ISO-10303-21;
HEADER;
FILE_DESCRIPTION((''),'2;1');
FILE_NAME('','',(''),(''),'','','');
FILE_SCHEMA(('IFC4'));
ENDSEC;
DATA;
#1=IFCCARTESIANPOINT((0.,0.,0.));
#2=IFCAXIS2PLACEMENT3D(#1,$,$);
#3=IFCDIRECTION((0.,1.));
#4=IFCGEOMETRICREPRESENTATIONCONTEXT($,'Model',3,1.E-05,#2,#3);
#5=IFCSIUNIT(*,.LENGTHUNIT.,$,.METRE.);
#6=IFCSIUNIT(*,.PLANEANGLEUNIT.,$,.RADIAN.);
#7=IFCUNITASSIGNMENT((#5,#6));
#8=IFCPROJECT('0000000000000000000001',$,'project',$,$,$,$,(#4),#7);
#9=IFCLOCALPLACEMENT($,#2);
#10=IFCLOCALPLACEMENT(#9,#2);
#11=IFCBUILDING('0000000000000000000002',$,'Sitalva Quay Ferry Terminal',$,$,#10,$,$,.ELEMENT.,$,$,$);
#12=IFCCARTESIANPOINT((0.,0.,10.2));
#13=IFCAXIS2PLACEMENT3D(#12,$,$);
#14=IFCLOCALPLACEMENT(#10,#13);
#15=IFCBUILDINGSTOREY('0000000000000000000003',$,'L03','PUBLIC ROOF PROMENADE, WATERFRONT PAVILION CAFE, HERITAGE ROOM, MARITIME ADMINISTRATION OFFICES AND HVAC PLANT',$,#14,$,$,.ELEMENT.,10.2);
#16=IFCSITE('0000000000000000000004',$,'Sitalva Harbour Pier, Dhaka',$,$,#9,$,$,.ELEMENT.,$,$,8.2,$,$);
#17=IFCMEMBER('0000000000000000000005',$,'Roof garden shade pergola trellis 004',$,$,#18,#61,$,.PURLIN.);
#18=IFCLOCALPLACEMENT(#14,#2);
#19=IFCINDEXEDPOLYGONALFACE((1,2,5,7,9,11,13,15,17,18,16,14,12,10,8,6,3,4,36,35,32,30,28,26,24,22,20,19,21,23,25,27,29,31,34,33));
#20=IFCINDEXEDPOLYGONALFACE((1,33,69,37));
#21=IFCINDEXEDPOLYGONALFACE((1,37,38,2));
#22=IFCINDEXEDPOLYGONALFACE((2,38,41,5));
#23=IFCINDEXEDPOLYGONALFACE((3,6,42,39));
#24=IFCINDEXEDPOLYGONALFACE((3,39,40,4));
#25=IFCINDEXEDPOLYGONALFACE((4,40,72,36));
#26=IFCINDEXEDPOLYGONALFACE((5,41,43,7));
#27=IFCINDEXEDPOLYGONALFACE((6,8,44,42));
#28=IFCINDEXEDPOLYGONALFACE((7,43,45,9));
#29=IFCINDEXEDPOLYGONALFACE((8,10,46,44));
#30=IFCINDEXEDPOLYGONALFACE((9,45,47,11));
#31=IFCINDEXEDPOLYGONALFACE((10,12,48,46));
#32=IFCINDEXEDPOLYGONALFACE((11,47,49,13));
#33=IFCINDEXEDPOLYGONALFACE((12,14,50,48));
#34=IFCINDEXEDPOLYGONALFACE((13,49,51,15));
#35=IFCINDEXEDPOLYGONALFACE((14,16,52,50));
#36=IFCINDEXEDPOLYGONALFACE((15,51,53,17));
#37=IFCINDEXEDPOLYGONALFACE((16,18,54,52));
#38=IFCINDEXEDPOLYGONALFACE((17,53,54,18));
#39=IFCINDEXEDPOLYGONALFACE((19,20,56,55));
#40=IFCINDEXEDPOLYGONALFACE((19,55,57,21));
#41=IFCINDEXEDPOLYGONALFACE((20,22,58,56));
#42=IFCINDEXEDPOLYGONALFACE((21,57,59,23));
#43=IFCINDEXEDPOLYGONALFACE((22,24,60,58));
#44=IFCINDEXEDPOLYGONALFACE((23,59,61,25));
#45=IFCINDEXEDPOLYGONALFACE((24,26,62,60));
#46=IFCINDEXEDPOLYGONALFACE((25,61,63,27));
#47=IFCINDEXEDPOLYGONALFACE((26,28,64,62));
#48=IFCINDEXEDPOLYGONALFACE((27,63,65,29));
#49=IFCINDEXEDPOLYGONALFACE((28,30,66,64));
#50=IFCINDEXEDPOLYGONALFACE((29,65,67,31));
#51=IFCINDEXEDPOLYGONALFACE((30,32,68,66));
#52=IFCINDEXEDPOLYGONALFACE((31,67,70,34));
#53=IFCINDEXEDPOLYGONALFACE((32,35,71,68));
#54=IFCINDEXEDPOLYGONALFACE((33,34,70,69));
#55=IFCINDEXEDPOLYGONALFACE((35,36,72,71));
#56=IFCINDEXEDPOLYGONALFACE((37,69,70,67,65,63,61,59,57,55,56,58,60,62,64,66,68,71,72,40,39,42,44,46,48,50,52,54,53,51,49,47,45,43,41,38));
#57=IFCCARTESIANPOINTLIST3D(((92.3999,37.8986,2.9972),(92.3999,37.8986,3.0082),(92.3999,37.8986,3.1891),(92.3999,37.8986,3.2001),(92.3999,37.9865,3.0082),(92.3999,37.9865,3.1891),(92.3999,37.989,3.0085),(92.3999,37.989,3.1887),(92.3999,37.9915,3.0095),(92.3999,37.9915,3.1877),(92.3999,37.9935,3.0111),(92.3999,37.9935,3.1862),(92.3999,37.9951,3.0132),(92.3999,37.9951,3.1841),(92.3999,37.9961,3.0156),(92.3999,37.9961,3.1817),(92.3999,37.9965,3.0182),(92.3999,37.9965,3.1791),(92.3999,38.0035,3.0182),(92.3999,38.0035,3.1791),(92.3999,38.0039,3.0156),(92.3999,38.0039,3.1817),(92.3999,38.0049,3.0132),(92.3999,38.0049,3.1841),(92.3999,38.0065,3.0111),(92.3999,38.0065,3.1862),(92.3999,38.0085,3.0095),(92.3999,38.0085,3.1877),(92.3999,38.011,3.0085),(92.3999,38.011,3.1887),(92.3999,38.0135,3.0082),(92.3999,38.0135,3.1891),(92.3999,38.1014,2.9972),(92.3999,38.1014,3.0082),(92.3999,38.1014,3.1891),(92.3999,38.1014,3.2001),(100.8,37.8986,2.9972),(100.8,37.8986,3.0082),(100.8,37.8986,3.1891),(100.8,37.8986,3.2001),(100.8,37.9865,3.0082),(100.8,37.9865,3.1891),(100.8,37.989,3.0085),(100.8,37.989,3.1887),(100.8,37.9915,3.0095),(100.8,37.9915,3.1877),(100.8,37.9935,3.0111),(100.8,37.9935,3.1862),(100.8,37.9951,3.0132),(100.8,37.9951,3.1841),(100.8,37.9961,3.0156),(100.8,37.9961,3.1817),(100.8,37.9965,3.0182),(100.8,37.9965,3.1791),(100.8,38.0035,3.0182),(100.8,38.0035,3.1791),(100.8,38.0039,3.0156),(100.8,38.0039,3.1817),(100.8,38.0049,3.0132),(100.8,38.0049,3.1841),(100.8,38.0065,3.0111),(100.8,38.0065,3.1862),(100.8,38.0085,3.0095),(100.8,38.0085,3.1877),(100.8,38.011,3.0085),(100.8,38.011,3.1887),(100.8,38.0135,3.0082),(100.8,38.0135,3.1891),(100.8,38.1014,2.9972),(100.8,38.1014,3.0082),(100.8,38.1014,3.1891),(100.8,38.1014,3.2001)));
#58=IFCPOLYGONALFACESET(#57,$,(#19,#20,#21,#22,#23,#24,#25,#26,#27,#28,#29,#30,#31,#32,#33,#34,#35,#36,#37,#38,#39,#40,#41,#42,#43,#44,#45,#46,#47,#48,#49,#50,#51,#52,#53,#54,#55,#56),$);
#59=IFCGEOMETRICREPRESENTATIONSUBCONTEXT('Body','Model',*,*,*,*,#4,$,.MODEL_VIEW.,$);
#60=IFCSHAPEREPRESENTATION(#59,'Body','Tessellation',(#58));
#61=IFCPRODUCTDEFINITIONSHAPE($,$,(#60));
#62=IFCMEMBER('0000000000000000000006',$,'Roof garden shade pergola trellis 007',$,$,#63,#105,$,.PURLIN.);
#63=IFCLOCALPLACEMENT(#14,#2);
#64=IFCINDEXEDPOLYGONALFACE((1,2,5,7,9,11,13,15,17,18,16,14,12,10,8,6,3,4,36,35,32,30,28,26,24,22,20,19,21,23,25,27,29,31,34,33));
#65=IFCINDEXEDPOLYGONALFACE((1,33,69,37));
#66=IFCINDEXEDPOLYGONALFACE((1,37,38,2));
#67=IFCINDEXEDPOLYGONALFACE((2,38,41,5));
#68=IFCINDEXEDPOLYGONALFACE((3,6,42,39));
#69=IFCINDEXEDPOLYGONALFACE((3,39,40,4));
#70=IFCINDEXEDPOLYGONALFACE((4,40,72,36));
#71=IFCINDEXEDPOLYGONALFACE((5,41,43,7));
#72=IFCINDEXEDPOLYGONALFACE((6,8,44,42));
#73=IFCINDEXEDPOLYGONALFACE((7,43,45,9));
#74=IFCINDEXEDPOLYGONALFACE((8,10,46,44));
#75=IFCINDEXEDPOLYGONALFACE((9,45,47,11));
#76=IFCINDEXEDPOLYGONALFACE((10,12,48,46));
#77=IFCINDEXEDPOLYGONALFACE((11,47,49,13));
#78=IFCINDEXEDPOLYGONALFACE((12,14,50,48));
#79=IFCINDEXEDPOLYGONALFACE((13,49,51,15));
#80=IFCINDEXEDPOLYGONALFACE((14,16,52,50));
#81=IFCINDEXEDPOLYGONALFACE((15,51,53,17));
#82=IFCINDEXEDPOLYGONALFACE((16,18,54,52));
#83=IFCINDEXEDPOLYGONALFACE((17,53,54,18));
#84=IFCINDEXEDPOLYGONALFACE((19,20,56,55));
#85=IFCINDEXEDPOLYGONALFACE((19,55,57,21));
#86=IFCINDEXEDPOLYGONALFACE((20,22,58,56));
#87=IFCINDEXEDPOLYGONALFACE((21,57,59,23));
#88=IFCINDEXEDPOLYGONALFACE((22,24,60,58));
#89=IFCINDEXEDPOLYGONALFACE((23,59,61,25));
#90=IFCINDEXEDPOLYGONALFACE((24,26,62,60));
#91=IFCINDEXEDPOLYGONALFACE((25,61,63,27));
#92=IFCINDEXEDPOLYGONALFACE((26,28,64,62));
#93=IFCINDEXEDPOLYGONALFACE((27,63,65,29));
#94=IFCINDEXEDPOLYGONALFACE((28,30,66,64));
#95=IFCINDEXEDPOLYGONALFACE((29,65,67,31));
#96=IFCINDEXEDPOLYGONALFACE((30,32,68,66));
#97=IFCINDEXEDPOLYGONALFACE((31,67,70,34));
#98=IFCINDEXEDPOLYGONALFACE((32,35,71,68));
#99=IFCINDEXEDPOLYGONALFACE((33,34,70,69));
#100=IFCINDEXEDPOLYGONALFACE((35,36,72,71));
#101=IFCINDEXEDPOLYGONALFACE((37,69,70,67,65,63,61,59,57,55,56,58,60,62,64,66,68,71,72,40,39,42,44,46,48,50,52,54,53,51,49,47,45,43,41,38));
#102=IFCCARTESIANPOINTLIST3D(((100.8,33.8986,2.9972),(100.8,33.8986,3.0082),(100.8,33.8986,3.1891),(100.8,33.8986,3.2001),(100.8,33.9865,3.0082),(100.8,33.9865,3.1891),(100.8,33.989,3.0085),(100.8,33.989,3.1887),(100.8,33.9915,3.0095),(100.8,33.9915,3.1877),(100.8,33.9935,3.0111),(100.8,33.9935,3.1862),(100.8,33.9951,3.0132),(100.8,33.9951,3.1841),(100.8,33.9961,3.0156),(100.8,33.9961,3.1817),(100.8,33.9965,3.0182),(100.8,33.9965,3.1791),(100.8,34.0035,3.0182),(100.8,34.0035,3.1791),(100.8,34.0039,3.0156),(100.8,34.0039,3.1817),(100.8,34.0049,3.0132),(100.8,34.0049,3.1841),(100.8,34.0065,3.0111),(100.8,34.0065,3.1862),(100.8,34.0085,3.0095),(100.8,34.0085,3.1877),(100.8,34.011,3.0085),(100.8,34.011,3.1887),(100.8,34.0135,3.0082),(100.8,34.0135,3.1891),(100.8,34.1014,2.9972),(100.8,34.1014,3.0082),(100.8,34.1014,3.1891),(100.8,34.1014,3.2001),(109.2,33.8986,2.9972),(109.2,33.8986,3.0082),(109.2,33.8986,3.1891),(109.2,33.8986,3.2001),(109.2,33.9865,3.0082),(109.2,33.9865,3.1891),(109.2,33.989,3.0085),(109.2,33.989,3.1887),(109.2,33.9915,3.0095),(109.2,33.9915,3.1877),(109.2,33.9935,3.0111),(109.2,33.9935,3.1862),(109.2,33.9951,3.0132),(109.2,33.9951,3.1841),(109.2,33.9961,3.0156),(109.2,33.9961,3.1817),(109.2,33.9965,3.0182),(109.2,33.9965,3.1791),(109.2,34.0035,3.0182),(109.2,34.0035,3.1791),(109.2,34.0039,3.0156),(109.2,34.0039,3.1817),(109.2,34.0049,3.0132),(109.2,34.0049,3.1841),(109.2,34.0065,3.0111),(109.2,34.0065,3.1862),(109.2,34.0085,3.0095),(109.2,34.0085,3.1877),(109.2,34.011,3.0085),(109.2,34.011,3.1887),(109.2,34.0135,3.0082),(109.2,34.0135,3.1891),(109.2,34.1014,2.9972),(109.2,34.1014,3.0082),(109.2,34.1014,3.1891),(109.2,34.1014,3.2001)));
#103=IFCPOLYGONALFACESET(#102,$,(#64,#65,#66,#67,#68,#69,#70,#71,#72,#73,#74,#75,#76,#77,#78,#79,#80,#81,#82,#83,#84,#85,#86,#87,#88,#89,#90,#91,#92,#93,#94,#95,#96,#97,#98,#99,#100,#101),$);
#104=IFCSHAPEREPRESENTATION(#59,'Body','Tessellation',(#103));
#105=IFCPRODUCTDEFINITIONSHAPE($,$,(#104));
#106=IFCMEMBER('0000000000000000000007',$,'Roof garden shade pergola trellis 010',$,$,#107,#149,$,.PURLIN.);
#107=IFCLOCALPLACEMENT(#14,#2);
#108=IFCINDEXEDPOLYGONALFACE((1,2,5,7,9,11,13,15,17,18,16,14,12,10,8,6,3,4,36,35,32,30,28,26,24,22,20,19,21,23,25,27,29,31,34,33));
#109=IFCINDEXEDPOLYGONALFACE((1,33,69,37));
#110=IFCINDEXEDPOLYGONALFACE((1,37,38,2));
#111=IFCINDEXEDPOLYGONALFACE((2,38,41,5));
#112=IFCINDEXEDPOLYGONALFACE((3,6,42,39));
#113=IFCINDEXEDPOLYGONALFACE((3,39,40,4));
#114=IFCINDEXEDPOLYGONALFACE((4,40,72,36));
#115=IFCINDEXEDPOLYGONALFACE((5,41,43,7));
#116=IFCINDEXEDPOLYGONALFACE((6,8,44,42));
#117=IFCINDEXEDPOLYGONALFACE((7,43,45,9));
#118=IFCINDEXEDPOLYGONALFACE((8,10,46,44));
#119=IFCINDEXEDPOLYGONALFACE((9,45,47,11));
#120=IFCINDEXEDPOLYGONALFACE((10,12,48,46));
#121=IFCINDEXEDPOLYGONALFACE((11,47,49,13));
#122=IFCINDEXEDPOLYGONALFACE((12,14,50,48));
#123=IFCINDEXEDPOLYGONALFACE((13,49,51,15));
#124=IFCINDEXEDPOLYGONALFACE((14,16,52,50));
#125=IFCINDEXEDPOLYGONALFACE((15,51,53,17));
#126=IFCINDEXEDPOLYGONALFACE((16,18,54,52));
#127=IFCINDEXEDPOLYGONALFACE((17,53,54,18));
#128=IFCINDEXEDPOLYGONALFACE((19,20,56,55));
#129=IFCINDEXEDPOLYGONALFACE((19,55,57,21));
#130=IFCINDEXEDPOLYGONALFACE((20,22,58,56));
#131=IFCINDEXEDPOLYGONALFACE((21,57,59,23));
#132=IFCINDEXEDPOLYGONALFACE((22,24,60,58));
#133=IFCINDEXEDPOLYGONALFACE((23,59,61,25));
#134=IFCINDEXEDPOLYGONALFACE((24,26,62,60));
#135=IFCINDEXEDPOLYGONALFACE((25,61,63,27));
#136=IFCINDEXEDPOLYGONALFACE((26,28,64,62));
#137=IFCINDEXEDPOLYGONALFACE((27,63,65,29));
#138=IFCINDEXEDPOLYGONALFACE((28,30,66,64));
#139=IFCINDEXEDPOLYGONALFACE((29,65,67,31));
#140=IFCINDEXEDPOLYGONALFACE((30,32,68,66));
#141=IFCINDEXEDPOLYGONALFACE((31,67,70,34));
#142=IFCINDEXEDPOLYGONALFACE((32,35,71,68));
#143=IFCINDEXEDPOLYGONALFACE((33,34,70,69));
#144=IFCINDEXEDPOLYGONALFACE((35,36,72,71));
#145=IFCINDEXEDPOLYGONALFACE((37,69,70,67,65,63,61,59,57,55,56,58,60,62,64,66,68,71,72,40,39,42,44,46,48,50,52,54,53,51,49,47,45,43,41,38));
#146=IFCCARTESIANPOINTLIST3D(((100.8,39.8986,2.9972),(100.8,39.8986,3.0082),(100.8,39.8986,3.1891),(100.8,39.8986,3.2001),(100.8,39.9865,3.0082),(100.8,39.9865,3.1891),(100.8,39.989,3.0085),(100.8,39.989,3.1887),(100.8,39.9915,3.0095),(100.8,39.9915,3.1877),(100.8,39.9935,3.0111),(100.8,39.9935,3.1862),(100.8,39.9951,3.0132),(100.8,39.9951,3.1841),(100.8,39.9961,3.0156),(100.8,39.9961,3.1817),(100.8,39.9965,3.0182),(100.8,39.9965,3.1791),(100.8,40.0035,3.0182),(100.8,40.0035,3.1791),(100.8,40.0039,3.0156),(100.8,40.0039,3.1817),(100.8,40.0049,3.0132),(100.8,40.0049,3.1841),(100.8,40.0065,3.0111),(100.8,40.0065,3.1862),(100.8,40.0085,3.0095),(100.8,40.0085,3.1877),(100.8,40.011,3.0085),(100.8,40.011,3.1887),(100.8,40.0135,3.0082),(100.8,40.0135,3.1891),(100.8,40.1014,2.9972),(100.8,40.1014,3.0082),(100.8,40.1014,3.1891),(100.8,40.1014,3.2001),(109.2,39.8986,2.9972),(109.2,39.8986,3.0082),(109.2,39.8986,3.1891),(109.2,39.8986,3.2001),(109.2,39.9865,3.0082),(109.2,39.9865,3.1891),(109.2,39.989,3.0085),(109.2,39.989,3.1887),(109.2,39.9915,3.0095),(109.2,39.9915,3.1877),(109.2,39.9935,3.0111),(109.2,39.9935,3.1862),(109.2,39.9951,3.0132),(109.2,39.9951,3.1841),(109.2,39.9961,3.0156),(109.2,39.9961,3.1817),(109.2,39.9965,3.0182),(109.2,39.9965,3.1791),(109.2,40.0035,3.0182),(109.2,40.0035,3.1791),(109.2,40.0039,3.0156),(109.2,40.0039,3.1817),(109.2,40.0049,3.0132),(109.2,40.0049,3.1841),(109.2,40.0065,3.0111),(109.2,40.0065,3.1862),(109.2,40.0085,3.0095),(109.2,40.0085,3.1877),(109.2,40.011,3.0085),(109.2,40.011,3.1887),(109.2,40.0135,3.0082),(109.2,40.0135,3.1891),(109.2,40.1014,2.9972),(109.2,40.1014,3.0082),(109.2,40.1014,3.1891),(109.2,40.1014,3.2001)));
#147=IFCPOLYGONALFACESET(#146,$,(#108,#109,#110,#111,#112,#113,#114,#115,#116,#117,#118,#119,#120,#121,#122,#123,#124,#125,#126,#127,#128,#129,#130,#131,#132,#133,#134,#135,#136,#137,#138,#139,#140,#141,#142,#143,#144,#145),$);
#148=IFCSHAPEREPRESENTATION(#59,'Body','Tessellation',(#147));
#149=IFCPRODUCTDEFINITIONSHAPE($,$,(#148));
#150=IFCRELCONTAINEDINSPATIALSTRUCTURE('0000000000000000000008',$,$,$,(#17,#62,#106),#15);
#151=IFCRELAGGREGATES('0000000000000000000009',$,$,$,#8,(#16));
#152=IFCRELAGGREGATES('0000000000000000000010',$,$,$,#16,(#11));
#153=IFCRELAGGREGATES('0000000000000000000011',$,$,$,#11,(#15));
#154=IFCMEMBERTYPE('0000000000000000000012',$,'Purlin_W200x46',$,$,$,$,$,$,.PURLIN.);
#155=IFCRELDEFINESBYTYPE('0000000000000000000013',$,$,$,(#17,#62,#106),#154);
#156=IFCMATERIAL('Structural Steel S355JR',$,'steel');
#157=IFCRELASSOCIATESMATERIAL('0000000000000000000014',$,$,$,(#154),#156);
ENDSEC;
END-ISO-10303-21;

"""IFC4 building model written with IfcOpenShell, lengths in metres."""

from ifc_helpers import new_model, si_unit, direction, frame, origin, origin_2d, place, context, subcontext, project, spatial, i_section, extrude, material, material_profile, profile_set, type_object, element, save


model = new_model("IFC4")

# Units and contexts
model_context = context("Model", 3, precision=1e-05, world=origin(), true_north=direction((0.0, 1.0)))
body_context = subcontext(model_context, "Body", "Model", "MODEL_VIEW")
ifc_project = project(units=[si_unit("LENGTHUNIT", "METRE"), si_unit("PLANEANGLEUNIT", "RADIAN")], contexts=[model_context])

# Site, building, storey
site_placement = place(None, origin())
site = spatial("IfcSite", under=ifc_project, at=site_placement, Name="Sitalva Harbour Pier, Dhaka", CompositionType="ELEMENT", RefElevation=8.2)
building_placement = place(site_placement, origin())
building = spatial("IfcBuilding", under=site, at=building_placement, Name="Sitalva Quay Ferry Terminal", CompositionType="ELEMENT")
storey_placement = place(building_placement, frame((0.0, 0.0, 10.2)))
storey = spatial("IfcBuildingStorey", under=building, at=storey_placement, Name="L03", Description="PUBLIC ROOF PROMENADE, WATERFRONT PAVILION CAFE, HERITAGE ROOM, MARITIME ADMINISTRATION OFFICES AND HVAC PLANT", CompositionType="ELEMENT", Elevation=10.2)

# Members
ifc_material_1 = material(Name="Structural Steel S355JR", Category="steel")
ifc_material_profile_1 = material_profile(ifc_material_1, i_section(OverallWidth=0.2029, OverallDepth=0.2029, WebThickness=0.0071, FlangeThickness=0.011, FilletRadius=0.01, at=origin_2d()), Name="W200x46")
ifc_profile_set_1 = profile_set([ifc_material_profile_1], Name="Structural Steel S355JR")
member_type_1 = type_object("IfcMemberType", Name="Purlin_W200x46", PredefinedType="PURLIN", material=ifc_profile_set_1)
for number, where, z_axis, x_axis, name in (
    (1, (92.3999, 38.0, 3.0986), (1.0, 0.0, 0.0), (0.0, 1.0, 0.0), "Roof garden shade pergola trellis 004"),
):
    element("IfcMember", number, at=place(storey_placement, frame(where, z_axis=z_axis, x_axis=x_axis)), inside=storey, type_object=member_type_1, Name=name, PredefinedType="PURLIN", context=body_context, shape_type="SweptSolid", body=[
        extrude(i_section(OverallWidth=0.2029, OverallDepth=0.2029, WebThickness=0.0071, FlangeThickness=0.011, FilletRadius=0.01, at=origin_2d()), origin(), (0.0, 0.0, 1.0), 8.4001),
    ])
for number, where, z_axis, x_axis, name in (
    (2, (100.8, 34.0, 3.0986), (1.0, 0.0, 0.0), (0.0, 1.0, 0.0), "Roof garden shade pergola trellis 007"),
    (3, (100.8, 40.0, 3.0986), (1.0, 0.0, 0.0), (0.0, 1.0, 0.0), "Roof garden shade pergola trellis 010"),
):
    element("IfcMember", number, at=place(storey_placement, frame(where, z_axis=z_axis, x_axis=x_axis)), inside=storey, type_object=member_type_1, Name=name, PredefinedType="PURLIN", context=body_context, shape_type="SweptSolid", body=[
        extrude(i_section(OverallWidth=0.2029, OverallDepth=0.2029, WebThickness=0.0071, FlangeThickness=0.011, FilletRadius=0.01, at=origin_2d()), origin(), (0.0, 0.0, 1.0), 8.3999),
    ])

save(model, "model.ifc")
